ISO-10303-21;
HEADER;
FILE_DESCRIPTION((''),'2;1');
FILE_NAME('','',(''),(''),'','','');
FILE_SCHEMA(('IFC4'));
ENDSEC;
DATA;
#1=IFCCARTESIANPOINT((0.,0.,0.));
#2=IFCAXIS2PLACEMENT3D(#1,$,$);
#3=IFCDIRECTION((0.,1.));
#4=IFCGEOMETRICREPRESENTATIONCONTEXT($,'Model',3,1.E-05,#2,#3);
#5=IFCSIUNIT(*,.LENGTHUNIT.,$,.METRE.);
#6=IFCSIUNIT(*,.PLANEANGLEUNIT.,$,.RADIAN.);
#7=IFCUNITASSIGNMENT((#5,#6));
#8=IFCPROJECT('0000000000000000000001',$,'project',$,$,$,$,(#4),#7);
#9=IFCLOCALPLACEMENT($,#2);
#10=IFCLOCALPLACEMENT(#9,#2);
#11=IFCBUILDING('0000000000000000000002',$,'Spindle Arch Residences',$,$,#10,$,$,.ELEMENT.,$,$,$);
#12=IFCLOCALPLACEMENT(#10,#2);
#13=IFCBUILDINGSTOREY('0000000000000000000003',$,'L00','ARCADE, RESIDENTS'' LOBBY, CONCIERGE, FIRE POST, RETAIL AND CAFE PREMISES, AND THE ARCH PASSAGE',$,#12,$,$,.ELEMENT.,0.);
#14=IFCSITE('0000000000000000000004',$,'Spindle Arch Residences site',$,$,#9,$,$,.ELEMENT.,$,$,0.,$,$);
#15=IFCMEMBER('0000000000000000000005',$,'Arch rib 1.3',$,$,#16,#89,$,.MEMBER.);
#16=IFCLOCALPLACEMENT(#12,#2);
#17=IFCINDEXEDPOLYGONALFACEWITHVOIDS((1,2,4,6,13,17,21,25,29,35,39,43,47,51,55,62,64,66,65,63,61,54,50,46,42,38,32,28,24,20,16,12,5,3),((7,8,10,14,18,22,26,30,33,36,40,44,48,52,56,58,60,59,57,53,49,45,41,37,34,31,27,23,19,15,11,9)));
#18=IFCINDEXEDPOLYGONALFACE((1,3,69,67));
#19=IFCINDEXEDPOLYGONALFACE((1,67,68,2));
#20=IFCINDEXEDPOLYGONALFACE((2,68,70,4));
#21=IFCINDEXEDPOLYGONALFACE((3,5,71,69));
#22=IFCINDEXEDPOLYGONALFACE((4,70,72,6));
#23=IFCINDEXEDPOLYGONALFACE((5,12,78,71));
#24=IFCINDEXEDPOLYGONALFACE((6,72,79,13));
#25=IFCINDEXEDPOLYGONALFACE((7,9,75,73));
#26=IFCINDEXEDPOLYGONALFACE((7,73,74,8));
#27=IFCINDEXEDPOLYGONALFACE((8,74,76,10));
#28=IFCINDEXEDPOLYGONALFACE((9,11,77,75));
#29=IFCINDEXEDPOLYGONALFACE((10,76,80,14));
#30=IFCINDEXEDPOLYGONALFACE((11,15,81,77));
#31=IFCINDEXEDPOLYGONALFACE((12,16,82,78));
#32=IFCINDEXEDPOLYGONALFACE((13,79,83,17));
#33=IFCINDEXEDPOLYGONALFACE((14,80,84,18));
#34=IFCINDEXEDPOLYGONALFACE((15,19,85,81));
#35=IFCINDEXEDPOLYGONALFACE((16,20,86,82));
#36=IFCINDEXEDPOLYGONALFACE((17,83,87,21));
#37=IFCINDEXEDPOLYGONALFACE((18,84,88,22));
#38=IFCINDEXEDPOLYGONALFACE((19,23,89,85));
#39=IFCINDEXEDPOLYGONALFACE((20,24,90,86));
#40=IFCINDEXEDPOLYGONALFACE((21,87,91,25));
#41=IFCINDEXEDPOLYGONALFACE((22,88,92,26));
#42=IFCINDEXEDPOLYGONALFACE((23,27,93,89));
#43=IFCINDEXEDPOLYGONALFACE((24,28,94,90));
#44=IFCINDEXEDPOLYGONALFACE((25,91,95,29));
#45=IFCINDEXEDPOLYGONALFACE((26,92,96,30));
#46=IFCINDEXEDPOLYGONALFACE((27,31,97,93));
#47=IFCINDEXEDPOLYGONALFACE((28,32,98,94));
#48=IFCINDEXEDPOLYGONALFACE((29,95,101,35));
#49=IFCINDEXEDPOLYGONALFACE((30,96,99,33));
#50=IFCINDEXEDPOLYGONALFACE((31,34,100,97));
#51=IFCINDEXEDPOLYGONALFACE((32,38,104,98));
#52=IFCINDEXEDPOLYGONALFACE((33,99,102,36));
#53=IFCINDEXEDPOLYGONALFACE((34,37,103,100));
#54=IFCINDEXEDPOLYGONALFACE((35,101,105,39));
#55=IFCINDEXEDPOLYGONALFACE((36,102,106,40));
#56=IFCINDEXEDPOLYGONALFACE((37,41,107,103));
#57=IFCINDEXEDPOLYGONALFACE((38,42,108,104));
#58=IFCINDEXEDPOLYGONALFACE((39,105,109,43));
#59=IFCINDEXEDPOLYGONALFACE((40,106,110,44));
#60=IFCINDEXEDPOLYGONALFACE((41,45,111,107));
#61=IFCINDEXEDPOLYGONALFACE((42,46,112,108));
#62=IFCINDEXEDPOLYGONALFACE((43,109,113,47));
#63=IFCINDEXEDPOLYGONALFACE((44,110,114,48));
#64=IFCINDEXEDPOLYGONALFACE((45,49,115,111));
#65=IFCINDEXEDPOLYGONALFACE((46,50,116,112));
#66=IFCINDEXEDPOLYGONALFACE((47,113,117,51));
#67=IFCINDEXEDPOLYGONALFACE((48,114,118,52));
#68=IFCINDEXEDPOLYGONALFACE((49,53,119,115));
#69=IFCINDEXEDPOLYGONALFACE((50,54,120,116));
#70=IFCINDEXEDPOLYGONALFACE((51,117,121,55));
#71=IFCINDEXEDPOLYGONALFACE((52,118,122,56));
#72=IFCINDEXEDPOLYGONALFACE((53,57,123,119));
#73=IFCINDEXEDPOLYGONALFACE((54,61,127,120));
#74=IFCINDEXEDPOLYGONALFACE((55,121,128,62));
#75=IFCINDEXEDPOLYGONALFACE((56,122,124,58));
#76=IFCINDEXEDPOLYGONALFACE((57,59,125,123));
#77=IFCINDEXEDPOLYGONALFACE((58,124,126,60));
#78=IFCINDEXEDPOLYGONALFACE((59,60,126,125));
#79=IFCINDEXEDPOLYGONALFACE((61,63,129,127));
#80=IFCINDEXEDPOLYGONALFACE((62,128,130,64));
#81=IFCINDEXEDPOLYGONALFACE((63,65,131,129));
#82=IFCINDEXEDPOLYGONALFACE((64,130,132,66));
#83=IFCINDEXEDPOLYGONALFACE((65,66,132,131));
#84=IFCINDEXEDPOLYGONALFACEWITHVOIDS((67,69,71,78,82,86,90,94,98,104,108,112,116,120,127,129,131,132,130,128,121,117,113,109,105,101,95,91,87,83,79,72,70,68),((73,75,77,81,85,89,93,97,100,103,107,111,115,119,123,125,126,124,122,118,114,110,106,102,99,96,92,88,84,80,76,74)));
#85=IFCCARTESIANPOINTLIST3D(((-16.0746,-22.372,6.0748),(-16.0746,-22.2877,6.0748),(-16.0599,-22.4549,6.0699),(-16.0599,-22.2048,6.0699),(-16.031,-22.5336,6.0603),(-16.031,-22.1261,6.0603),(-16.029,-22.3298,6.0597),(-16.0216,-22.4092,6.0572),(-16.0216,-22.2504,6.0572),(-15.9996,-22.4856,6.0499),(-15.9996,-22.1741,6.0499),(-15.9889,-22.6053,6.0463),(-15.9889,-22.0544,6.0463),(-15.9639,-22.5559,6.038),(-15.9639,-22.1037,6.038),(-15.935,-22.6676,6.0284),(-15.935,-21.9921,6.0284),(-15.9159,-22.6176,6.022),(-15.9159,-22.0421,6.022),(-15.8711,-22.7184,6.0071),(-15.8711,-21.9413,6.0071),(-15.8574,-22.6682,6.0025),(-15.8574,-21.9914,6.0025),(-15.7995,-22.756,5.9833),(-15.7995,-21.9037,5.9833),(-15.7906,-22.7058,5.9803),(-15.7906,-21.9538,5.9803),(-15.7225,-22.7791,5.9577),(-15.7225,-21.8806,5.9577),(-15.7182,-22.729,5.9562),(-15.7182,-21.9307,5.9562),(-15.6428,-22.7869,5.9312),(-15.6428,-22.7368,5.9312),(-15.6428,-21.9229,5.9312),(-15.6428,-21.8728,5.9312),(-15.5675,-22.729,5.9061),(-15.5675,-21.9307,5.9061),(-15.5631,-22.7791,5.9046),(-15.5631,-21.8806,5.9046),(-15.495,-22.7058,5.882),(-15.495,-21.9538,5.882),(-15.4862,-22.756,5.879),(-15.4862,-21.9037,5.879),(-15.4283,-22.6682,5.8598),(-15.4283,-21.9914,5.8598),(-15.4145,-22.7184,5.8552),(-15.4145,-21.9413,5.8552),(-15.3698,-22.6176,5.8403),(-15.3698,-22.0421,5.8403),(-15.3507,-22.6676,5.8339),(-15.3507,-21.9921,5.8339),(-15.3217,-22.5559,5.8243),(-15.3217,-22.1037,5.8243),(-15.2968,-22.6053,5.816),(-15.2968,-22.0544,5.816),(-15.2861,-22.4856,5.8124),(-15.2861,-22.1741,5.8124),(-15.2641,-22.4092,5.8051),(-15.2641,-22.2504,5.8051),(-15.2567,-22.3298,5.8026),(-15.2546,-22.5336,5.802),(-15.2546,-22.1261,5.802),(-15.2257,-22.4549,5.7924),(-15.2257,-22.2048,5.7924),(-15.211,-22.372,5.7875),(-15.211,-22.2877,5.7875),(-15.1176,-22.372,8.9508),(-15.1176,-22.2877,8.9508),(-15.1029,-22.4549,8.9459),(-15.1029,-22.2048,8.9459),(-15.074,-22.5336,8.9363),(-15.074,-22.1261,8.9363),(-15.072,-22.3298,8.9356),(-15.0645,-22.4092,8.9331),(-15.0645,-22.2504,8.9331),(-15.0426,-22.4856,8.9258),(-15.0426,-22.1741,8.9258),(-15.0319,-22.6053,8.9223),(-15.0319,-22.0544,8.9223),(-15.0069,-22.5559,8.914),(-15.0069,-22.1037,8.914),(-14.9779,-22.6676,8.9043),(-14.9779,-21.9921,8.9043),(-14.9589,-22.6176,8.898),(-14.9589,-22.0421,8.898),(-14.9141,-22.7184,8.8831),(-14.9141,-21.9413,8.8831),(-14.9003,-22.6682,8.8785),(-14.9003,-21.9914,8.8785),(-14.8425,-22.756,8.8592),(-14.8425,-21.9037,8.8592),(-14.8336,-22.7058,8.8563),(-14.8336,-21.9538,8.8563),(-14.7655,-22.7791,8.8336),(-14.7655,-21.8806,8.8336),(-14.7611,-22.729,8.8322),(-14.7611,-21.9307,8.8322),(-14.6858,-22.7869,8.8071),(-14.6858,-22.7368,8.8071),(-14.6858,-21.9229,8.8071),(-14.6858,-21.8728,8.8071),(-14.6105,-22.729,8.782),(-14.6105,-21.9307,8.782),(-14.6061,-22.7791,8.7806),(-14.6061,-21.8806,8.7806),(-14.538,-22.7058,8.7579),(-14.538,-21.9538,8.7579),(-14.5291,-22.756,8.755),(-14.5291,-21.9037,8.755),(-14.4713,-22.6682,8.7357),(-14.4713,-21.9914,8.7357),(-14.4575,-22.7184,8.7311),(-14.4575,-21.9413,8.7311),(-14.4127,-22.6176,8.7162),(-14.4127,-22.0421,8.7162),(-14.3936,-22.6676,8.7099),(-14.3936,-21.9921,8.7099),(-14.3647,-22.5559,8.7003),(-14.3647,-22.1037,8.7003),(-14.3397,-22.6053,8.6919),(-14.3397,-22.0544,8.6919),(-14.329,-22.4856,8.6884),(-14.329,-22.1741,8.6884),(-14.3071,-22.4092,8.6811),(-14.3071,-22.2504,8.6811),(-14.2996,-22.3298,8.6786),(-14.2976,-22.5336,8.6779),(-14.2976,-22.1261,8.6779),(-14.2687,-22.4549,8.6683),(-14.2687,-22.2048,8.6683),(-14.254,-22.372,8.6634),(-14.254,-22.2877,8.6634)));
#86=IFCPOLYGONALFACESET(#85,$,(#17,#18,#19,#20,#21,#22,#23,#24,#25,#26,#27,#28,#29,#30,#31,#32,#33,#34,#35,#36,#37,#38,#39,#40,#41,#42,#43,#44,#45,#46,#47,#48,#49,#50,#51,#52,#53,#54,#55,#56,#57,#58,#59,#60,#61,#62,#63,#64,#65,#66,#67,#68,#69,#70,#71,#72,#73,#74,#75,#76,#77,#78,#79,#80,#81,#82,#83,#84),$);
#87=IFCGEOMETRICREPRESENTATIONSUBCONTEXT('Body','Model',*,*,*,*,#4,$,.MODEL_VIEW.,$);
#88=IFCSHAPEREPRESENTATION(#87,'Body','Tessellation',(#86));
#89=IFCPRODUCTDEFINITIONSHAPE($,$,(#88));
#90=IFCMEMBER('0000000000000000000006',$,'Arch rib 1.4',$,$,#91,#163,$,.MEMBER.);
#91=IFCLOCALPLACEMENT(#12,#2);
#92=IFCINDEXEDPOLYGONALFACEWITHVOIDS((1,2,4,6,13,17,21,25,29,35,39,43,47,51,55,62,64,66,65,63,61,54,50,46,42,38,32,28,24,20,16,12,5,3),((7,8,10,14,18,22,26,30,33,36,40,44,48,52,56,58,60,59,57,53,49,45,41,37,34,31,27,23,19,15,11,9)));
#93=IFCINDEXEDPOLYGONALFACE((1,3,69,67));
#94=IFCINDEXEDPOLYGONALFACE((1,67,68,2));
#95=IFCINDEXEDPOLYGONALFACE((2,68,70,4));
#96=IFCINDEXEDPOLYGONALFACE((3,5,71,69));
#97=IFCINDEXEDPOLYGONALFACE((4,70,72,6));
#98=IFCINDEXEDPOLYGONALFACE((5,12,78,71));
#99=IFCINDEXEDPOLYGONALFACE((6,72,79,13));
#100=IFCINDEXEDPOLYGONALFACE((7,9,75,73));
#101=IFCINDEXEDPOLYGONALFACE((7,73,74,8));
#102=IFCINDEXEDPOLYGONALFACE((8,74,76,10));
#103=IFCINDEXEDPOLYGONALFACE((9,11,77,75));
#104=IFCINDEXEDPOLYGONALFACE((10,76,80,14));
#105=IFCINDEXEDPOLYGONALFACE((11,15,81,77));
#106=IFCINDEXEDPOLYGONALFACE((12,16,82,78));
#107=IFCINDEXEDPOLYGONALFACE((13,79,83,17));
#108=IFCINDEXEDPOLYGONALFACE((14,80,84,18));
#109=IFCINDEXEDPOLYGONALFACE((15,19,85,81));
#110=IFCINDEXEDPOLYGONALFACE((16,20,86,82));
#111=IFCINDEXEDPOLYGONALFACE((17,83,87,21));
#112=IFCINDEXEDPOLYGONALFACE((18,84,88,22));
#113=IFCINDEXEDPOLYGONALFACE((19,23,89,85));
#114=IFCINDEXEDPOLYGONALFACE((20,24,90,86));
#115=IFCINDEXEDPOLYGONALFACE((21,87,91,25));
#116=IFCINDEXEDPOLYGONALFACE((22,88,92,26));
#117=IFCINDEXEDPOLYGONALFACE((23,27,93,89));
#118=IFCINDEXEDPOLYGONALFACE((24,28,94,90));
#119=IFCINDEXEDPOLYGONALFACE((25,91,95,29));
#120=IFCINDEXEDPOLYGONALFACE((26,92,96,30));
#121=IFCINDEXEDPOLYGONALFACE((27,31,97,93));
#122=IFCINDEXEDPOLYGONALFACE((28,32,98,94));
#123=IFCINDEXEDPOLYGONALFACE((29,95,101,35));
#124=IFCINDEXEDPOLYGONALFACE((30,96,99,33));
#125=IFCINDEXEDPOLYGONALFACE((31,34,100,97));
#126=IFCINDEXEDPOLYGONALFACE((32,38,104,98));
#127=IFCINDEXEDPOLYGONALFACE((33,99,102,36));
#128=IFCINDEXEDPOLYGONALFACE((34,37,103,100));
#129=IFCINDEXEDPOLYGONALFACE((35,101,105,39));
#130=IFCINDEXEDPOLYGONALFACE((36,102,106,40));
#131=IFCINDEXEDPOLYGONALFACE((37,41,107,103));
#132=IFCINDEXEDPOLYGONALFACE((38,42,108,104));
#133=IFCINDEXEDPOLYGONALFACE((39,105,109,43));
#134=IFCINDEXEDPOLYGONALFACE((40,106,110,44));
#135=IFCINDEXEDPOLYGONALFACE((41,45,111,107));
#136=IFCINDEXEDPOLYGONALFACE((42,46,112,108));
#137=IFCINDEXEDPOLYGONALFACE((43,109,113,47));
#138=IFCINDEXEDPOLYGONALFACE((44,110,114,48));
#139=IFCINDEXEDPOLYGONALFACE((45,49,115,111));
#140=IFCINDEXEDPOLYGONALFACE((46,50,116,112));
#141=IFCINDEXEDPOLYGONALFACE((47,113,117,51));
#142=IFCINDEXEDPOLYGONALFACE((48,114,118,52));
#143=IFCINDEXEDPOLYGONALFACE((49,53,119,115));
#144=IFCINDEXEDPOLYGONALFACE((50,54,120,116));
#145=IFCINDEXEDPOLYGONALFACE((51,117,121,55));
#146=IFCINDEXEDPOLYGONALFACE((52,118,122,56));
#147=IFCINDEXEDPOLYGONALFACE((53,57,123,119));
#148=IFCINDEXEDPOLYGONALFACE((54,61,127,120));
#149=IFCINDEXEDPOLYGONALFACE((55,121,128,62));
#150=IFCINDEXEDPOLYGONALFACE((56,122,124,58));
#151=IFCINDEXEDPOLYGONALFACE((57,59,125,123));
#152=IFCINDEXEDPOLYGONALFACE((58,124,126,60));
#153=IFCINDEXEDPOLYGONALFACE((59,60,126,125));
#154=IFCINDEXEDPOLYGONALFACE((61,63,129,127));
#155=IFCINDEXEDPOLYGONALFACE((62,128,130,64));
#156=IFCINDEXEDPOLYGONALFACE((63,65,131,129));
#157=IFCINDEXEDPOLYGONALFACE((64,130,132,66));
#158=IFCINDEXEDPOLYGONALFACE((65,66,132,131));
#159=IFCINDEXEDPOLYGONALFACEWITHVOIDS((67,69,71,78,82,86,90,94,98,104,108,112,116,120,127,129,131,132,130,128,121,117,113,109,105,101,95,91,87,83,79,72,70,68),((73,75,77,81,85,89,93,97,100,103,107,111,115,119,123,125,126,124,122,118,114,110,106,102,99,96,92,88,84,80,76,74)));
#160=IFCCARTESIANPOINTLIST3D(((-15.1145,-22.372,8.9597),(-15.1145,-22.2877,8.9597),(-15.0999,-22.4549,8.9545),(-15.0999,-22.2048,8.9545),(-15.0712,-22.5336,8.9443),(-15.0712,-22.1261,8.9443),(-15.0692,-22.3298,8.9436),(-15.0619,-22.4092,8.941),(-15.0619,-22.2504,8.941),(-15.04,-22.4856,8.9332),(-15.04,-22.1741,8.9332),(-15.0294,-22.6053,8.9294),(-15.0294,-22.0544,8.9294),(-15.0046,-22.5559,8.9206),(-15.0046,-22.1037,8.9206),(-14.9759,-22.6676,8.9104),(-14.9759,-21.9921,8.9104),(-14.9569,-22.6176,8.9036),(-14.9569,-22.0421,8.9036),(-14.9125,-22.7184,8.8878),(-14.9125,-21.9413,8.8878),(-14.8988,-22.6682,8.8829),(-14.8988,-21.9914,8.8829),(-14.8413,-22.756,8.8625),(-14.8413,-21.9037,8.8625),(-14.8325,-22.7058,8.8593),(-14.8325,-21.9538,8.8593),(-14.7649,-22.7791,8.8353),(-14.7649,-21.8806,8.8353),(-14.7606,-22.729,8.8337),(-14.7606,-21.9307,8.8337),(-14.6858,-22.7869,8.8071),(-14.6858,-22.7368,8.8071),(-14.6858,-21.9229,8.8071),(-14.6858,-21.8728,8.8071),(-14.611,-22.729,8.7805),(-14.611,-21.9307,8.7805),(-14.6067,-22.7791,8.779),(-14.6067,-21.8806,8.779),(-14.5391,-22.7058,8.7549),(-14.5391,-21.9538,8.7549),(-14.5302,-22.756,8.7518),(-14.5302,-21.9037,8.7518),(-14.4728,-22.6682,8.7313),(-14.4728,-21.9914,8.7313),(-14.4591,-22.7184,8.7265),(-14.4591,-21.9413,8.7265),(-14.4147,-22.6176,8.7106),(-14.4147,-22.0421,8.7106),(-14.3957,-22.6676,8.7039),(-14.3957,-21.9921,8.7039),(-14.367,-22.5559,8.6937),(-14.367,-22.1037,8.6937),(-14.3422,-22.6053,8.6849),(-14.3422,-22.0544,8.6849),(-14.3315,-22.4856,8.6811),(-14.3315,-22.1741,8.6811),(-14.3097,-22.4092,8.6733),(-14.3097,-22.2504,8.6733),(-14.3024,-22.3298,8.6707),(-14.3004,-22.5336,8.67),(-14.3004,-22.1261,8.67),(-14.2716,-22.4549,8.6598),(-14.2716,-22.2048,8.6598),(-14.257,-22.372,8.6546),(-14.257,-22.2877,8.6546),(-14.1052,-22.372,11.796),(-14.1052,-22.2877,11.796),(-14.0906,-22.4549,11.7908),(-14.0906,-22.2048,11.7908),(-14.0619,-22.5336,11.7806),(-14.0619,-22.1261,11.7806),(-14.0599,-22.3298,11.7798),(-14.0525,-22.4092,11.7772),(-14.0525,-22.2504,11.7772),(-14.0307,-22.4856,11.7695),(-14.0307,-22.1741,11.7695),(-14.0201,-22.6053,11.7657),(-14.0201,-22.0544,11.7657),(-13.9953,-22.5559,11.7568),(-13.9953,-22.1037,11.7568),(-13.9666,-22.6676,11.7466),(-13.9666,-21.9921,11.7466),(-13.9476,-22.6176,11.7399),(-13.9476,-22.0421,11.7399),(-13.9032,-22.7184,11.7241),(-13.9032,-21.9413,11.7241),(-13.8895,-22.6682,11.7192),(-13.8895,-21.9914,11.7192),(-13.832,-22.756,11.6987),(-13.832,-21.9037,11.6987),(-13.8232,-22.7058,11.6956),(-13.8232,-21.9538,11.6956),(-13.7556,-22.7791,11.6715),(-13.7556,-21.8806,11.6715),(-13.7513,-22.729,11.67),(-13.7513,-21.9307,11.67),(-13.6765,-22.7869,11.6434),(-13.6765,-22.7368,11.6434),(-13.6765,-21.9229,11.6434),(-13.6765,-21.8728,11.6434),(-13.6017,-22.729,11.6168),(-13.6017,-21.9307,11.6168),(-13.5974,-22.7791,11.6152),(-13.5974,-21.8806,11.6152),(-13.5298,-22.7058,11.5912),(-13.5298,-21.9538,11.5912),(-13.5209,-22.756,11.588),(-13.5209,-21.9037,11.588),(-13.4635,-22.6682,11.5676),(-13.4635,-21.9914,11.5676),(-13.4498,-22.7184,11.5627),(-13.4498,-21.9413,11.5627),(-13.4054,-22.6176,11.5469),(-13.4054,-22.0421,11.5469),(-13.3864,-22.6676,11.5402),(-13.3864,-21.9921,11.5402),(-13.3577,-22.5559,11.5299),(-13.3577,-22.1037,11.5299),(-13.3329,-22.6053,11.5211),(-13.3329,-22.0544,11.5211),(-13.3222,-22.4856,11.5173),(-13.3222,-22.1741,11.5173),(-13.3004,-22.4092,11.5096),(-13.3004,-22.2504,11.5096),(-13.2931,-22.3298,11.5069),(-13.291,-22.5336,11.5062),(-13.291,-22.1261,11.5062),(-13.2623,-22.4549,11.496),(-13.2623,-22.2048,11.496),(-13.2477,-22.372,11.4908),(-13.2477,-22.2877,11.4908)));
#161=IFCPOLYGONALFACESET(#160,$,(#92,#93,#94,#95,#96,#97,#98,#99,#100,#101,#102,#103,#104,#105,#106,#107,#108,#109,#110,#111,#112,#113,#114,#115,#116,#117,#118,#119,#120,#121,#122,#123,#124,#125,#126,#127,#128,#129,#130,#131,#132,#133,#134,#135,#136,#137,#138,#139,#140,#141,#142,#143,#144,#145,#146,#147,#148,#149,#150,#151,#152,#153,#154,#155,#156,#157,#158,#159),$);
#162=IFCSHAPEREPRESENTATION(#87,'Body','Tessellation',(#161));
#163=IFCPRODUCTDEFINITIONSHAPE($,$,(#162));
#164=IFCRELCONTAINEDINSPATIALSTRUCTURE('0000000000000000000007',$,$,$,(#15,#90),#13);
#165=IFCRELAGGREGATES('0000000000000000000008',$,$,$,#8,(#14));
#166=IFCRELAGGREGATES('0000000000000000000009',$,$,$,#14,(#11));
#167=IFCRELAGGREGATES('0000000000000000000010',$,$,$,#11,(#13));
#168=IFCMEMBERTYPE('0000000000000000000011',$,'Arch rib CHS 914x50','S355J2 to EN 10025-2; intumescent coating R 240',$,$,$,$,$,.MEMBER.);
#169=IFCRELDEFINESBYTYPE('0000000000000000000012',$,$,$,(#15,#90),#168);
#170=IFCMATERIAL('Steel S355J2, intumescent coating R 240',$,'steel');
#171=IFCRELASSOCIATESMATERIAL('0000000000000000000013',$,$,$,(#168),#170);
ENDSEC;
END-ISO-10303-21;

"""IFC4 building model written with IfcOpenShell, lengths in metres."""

from ifc_helpers import new_model, si_unit, direction, frame, origin, origin_2d, place, context, subcontext, project, spatial, hollow_circle, extrude, material, material_profile, profile_set, type_object, element, save


model = new_model("IFC4")

# Units and contexts
model_context = context("Model", 3, precision=1e-05, world=origin(), true_north=direction((0.0, 1.0)))
body_context = subcontext(model_context, "Body", "Model", "MODEL_VIEW")
ifc_project = project(units=[si_unit("LENGTHUNIT", "METRE"), si_unit("PLANEANGLEUNIT", "RADIAN")], contexts=[model_context])

# Site, building, storey
site_placement = place(None, origin())
site = spatial("IfcSite", under=ifc_project, at=site_placement, Name="Spindle Arch Residences site", CompositionType="ELEMENT", RefElevation=0.0)
building_placement = place(site_placement, origin())
building = spatial("IfcBuilding", under=site, at=building_placement, Name="Spindle Arch Residences", CompositionType="ELEMENT")
storey_placement = place(building_placement, origin())
storey = spatial("IfcBuildingStorey", under=building, at=storey_placement, Name="L00", Description="ARCADE, RESIDENTS' LOBBY, CONCIERGE, FIRE POST, RETAIL AND CAFE PREMISES, AND THE ARCH PASSAGE", CompositionType="ELEMENT", Elevation=0.0)

# Members
ifc_material_1 = material(Name="Steel S355J2, intumescent coating R 240", Category="steel")
ifc_material_profile_1 = material_profile(ifc_material_1, hollow_circle(Radius=0.457, WallThickness=0.05, at=origin_2d()), Name="CHS 914x50")
ifc_profile_set_1 = profile_set([ifc_material_profile_1], Name="Steel S355J2, intumescent coating R 240")
member_type_1 = type_object("IfcMemberType", Name="Arch rib CHS 914x50", Description="S355J2 to EN 10025-2; intumescent coating R 240", PredefinedType="MEMBER", material=ifc_profile_set_1)
member_1_placement = place(storey_placement, frame((-15.6428, -22.3298, 5.9312), z_axis=(0.315744, 0.0, 0.948844), x_axis=(0.0, 1.0, 0.0)))
element("IfcMember", 1, at=member_1_placement, inside=storey, type_object=member_type_1, Name="Arch rib 1.3", PredefinedType="MEMBER", context=body_context, shape_type="SweptSolid", body=[
    extrude(hollow_circle(Radius=0.457, WallThickness=0.05, at=origin_2d()), origin(), (0.0, 0.0, 1.0), 3.031),
])
member_2_placement = place(storey_placement, frame((-14.6858, -22.3298, 8.8071), z_axis=(0.335262, 0.0, 0.942125), x_axis=(0.0, 1.0, 0.0)))
element("IfcMember", 2, at=member_2_placement, inside=storey, type_object=member_type_1, Name="Arch rib 1.4", PredefinedType="MEMBER", context=body_context, shape_type="SweptSolid", body=[
    extrude(hollow_circle(Radius=0.457, WallThickness=0.05, at=origin_2d()), origin(), (0.0, 0.0, 1.0), 3.0105),
])

save(model, "model.ifc")
